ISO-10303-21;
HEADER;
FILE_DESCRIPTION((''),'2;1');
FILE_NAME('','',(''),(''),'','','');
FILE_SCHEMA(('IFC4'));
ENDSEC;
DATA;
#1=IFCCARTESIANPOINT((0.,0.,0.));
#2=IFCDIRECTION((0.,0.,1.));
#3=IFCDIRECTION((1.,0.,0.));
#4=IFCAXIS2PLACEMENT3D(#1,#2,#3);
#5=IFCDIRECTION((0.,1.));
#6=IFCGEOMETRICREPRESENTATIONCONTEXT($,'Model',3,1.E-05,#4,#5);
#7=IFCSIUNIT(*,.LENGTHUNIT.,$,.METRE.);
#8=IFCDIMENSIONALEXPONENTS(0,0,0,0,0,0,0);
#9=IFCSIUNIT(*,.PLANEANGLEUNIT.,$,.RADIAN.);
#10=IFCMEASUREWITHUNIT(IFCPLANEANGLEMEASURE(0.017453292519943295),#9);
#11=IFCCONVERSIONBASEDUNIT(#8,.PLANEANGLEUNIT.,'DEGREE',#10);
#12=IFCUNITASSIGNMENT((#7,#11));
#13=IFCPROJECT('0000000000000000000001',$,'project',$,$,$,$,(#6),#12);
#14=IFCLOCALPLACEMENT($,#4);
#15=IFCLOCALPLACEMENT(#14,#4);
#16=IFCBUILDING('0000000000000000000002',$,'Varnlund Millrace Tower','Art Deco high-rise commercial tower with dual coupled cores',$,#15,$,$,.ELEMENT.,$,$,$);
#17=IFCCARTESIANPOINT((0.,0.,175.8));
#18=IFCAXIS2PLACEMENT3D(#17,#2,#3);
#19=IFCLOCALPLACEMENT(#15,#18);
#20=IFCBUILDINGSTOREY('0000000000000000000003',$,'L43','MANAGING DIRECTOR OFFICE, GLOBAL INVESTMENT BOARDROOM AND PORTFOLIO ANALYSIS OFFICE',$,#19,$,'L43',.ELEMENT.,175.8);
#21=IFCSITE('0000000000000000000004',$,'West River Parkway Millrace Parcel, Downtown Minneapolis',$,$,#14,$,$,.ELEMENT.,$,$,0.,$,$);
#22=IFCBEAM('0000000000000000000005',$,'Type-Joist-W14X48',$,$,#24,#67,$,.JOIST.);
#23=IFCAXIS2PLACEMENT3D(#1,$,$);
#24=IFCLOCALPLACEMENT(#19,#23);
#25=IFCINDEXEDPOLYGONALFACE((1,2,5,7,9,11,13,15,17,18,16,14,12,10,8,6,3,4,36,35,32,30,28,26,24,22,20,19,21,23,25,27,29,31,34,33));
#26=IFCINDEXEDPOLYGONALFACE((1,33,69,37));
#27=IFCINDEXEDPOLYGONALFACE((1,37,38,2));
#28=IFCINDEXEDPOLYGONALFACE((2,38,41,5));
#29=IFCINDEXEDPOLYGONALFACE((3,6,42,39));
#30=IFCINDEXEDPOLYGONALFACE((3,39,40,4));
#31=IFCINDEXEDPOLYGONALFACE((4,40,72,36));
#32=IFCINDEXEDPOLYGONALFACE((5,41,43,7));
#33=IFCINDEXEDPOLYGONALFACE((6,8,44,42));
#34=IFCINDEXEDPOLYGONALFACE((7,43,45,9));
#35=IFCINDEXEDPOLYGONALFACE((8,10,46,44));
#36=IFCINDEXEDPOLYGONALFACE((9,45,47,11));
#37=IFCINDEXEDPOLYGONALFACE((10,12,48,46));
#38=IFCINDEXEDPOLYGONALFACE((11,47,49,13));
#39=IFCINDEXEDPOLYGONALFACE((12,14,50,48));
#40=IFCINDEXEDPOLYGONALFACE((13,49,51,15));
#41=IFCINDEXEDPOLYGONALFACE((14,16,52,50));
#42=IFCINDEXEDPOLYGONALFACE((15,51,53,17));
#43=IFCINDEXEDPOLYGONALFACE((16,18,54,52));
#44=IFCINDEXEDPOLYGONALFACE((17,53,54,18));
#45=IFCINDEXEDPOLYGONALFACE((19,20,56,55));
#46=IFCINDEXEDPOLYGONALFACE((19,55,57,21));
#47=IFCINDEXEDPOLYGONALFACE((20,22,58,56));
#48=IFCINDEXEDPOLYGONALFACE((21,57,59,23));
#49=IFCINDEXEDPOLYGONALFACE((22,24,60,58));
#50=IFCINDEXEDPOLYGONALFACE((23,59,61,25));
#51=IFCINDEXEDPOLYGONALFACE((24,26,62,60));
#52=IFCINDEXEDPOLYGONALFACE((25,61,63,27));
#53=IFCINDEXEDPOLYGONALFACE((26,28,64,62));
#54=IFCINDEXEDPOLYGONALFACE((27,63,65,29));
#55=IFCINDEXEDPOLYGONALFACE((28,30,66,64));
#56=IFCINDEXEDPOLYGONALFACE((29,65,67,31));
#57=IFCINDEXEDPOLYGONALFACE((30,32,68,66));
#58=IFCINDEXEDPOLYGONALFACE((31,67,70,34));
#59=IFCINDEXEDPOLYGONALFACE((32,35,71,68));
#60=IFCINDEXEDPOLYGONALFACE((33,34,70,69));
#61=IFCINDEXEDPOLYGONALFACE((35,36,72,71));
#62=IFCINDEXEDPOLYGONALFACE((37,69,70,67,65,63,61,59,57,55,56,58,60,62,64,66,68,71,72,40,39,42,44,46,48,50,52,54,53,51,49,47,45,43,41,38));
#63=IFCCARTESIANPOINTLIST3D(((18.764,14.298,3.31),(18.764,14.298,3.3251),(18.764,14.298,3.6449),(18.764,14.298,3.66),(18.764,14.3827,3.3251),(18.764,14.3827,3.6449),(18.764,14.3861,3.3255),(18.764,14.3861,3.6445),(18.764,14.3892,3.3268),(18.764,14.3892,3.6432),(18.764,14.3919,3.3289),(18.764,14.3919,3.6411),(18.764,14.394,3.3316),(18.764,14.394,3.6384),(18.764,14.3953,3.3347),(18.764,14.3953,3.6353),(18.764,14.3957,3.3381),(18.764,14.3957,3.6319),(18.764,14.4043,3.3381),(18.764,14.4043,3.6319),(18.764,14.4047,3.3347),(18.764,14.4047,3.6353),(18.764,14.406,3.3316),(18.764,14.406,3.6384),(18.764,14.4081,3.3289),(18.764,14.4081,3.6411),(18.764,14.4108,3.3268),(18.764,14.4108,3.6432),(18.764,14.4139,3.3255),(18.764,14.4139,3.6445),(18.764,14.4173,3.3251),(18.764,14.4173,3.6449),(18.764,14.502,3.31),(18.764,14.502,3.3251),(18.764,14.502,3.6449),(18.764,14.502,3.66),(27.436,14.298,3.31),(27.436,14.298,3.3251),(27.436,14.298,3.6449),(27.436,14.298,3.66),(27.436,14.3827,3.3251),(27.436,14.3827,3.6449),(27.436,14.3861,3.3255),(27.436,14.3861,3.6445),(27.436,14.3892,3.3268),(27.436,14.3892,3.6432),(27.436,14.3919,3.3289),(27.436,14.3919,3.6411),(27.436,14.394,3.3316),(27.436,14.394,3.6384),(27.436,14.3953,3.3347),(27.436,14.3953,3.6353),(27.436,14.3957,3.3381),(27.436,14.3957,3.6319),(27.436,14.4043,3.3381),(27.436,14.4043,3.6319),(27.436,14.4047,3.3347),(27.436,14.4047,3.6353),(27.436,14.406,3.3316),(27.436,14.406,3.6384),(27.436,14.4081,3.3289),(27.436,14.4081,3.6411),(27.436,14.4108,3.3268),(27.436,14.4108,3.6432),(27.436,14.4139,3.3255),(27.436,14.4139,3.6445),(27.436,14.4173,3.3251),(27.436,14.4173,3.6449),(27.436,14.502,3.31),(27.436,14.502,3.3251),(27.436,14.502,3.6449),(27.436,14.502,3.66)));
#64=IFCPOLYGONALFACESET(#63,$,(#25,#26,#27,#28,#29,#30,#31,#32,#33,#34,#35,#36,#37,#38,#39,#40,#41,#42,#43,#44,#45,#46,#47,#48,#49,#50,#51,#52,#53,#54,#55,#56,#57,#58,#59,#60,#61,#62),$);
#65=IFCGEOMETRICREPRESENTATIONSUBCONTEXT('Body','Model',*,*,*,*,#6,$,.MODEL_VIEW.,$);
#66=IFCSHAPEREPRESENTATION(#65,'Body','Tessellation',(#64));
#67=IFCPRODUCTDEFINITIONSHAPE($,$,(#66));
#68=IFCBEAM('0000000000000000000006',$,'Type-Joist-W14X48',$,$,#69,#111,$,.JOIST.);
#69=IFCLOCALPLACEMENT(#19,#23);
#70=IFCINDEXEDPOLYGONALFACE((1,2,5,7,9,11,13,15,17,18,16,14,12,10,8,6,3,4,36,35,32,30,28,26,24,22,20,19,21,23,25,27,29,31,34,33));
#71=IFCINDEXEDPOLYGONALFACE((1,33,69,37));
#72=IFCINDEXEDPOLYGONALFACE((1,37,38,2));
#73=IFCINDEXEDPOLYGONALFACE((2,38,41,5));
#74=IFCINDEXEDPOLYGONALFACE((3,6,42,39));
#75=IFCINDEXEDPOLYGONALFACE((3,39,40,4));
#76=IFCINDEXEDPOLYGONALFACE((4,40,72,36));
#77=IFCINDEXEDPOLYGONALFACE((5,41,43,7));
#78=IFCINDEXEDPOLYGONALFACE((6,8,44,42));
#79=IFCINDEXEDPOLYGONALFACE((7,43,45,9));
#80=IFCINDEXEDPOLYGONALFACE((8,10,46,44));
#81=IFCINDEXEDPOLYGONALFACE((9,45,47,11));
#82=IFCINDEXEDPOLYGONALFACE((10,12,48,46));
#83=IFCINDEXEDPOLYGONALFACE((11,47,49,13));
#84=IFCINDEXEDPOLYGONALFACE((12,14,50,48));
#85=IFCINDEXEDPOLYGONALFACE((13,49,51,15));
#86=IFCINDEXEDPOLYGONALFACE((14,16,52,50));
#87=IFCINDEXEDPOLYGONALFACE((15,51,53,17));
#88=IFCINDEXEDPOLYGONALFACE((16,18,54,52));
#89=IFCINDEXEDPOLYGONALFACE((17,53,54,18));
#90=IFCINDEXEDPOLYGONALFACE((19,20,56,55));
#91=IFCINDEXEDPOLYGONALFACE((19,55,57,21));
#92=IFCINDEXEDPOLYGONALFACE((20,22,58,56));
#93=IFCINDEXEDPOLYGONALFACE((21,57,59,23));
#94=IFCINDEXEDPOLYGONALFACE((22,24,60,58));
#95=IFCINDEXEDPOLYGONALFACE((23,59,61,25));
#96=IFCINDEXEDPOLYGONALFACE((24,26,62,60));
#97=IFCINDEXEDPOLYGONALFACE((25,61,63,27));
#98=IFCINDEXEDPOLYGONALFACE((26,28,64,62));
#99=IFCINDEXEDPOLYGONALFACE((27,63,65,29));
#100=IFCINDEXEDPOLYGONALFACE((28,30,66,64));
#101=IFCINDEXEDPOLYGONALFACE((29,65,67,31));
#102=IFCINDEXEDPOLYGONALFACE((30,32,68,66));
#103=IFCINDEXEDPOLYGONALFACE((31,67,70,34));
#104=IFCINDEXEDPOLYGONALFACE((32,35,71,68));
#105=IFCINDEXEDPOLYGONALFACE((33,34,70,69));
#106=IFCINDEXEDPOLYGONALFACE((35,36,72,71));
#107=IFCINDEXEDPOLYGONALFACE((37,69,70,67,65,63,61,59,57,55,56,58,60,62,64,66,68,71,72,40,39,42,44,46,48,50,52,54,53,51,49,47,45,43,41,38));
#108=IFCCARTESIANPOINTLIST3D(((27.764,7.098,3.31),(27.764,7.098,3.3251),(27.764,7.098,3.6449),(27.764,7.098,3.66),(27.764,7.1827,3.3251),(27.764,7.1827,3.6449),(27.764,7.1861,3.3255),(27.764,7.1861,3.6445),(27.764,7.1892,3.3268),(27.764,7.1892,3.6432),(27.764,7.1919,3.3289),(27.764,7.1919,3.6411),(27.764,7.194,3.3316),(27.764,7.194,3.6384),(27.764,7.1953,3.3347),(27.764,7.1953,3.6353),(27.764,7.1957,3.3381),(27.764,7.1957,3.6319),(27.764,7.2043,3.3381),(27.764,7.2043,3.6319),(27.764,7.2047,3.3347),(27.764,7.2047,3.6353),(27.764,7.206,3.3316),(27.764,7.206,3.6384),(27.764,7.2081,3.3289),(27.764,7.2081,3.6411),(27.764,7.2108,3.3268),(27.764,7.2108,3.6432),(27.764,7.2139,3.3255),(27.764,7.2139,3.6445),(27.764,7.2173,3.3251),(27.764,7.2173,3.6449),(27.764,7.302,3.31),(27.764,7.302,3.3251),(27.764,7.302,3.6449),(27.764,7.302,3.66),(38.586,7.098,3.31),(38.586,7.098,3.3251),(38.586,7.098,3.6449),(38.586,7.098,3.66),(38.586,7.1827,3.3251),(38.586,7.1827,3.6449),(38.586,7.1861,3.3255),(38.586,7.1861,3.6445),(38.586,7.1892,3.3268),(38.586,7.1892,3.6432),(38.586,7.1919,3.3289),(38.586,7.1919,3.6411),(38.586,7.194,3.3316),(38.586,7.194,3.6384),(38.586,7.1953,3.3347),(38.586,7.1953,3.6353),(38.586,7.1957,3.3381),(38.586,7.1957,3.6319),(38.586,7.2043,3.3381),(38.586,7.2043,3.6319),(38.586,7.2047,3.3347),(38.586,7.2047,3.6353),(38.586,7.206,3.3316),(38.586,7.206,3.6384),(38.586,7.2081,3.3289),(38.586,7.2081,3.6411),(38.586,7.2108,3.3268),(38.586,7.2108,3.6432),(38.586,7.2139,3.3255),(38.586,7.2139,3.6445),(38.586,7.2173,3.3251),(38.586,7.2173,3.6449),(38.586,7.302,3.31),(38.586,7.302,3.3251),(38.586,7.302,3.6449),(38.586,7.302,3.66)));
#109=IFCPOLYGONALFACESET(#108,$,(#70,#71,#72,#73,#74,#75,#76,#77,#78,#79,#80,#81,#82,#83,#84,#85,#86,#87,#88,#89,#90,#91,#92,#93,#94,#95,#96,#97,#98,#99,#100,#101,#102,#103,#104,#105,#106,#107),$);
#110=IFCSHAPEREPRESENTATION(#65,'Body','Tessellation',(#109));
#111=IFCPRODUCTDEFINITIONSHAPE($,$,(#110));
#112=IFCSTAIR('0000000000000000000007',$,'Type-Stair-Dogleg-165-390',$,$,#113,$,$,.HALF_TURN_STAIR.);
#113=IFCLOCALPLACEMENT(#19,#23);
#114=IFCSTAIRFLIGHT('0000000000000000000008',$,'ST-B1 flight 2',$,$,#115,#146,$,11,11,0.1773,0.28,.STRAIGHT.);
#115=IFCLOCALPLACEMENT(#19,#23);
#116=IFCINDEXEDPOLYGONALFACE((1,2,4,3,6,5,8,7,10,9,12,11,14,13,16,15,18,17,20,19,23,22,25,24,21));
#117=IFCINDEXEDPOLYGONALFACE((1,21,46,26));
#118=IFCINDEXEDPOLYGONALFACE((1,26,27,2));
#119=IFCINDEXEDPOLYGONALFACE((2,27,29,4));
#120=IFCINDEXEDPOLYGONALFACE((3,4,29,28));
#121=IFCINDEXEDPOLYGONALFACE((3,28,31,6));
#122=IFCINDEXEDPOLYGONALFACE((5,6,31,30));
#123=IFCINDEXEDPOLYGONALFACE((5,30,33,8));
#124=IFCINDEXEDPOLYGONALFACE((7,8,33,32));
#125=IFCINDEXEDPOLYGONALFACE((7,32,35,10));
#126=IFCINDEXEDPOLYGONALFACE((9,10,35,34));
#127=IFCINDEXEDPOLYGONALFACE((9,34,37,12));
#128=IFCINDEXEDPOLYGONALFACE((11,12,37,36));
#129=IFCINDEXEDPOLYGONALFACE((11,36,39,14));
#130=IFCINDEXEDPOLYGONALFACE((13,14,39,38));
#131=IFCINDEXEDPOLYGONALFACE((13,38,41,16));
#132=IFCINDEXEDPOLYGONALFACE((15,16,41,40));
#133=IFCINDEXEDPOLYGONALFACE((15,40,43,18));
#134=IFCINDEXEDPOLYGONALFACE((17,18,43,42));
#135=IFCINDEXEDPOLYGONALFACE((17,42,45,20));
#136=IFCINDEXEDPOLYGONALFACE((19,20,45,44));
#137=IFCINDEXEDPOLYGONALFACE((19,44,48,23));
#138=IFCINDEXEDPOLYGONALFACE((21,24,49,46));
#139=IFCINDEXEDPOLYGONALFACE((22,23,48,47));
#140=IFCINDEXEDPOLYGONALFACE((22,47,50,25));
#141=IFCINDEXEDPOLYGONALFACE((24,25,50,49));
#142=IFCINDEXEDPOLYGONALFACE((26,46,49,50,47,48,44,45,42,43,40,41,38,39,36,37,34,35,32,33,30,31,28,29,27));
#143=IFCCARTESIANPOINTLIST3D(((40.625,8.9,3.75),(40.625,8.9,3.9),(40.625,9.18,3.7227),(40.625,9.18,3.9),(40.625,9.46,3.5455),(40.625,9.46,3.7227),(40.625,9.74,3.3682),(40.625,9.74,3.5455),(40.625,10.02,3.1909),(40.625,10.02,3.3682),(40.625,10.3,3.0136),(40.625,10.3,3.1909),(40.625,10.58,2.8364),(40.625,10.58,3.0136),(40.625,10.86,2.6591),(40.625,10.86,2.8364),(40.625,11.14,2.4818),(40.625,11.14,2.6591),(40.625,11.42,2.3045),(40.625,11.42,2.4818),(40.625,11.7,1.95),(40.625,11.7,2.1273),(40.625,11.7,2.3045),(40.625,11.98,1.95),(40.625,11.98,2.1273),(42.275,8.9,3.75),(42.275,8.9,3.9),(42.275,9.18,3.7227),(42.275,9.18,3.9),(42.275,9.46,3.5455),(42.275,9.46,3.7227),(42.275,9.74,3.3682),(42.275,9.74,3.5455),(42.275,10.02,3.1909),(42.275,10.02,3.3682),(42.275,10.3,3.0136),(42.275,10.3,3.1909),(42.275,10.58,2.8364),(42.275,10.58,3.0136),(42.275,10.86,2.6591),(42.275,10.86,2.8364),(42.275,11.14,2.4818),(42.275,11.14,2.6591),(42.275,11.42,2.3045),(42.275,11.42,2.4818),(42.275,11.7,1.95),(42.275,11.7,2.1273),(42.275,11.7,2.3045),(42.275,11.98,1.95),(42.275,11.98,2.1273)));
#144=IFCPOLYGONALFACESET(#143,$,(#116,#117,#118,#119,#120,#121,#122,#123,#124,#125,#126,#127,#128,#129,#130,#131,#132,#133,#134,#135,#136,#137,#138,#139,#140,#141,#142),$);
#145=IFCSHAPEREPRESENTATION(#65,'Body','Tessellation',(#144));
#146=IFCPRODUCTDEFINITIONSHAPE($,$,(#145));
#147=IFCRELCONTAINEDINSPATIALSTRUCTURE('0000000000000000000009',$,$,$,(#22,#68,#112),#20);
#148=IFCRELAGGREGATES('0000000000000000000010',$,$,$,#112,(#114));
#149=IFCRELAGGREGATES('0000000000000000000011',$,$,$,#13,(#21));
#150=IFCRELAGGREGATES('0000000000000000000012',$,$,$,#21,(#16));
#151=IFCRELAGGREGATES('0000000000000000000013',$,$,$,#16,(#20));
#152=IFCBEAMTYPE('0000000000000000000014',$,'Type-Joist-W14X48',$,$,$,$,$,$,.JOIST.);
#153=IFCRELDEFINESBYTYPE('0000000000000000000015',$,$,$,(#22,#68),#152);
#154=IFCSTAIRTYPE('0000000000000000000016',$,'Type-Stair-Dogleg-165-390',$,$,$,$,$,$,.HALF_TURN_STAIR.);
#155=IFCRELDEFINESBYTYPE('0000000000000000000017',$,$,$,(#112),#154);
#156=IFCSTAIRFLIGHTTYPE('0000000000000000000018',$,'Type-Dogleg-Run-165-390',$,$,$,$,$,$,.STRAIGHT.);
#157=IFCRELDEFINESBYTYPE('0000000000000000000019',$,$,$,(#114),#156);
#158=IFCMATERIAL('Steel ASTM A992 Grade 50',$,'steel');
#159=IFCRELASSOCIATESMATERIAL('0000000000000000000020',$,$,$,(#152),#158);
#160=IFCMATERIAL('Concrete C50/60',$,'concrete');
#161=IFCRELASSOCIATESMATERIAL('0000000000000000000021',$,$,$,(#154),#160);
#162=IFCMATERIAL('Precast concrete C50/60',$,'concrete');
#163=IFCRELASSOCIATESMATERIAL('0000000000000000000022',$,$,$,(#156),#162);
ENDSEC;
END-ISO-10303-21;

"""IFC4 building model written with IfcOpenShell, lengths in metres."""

from ifc_helpers import new_model, entity, si_unit, converted_unit, direction, frame, origin_with_axes, origin_2d_with_axis, place, context, subcontext, project, spatial, polyline, i_section, outline, extrude, material, material_profile, profile_set, type_object, element, aggregate, save


model = new_model("IFC4")

# Units and contexts
model_context = context("Model", 3, precision=1e-05, world=origin_with_axes(), true_north=direction((0.0, 1.0)))
body_context = subcontext(model_context, "Body", "Model", "MODEL_VIEW")
ifc_project = project(units=[si_unit("LENGTHUNIT", "METRE"), converted_unit("PLANEANGLEUNIT", "DEGREE", entity("IfcPlaneAngleMeasure", 0.017453292519943295), si_unit("PLANEANGLEUNIT", "RADIAN"), dimensions=[0, 0, 0, 0, 0, 0, 0])], contexts=[model_context])

# Site, building, storey
site_placement = place(None, origin_with_axes())
site = spatial("IfcSite", under=ifc_project, at=site_placement, Name="West River Parkway Millrace Parcel, Downtown Minneapolis", CompositionType="ELEMENT", RefElevation=0.0)
building_placement = place(site_placement, origin_with_axes())
building = spatial("IfcBuilding", under=site, at=building_placement, Name="Varnlund Millrace Tower", Description="Art Deco high-rise commercial tower with dual coupled cores", CompositionType="ELEMENT")
storey_placement = place(building_placement, frame((0.0, 0.0, 175.8), z_axis=(0.0, 0.0, 1.0), x_axis=(1.0, 0.0, 0.0)))
storey = spatial("IfcBuildingStorey", under=building, at=storey_placement, Name="L43", Description="MANAGING DIRECTOR OFFICE, GLOBAL INVESTMENT BOARDROOM AND PORTFOLIO ANALYSIS OFFICE", LongName="L43", CompositionType="ELEMENT", Elevation=175.8)

# Beams
ifc_material_1 = material(Name="Steel ASTM A992 Grade 50", Category="steel")
ifc_material_profile_1 = material_profile(ifc_material_1, i_section(OverallWidth=0.204, OverallDepth=0.35, WebThickness=0.0086, FlangeThickness=0.0151, FilletRadius=0.013, at=origin_2d_with_axis()), Name="Steel ASTM A992 Grade 50")
ifc_profile_set_1 = profile_set([ifc_material_profile_1], Name="Steel ASTM A992 Grade 50")
beam_type_1 = type_object("IfcBeamType", Name="Type-Joist-W14X48", PredefinedType="JOIST", material=ifc_profile_set_1)
for number, where, z_axis, x_axis, name in (
    (1, (18.764, 14.4, 3.485), (1.0, 0.0, 0.0), (0.0, 1.0, 0.0), "Type-Joist-W14X48"),
):
    element("IfcBeam", number, at=place(storey_placement, frame(where, z_axis=z_axis, x_axis=x_axis)), inside=storey, type_object=beam_type_1, Name=name, PredefinedType="JOIST", context=body_context, shape_type="SweptSolid", body=[
        extrude(i_section(OverallWidth=0.204, OverallDepth=0.35, WebThickness=0.0086, FlangeThickness=0.0151, FilletRadius=0.013, at=origin_2d_with_axis()), origin_with_axes(), (0.0, 0.0, 1.0), 8.672),
    ])
beam_1_placement = place(storey_placement, frame((27.764, 7.2, 3.485), z_axis=(1.0, 0.0, 0.0), x_axis=(0.0, 1.0, 0.0)))
element("IfcBeam", 2, at=beam_1_placement, inside=storey, type_object=beam_type_1, Name="Type-Joist-W14X48", PredefinedType="JOIST", context=body_context, shape_type="SweptSolid", body=[
    extrude(i_section(OverallWidth=0.204, OverallDepth=0.35, WebThickness=0.0086, FlangeThickness=0.0151, FilletRadius=0.013, at=origin_2d_with_axis()), origin_with_axes(), (0.0, 0.0, 1.0), 10.822),
])

# Stair, stair flight
ifc_material_2 = material(Name="Concrete C50/60", Category="concrete")
stair_type = type_object("IfcStairType", Name="Type-Stair-Dogleg-165-390", PredefinedType="HALF_TURN_STAIR", material=ifc_material_2)
stair_placement = place(storey_placement, origin_with_axes())
stair = element("IfcStair", 3, at=stair_placement, inside=storey, type_object=stair_type, Name="Type-Stair-Dogleg-165-390", PredefinedType="HALF_TURN_STAIR")
ifc_material_3 = material(Name="Precast concrete C50/60", Category="concrete")
stair_flight_type = type_object("IfcStairFlightType", Name="Type-Dogleg-Run-165-390", PredefinedType="STRAIGHT", material=ifc_material_3)
stair_flight_placement = place(storey_placement, frame((42.275, 11.98, 1.95), z_axis=(-1.0, 0.0, 0.0), x_axis=(0.0, -1.0, 0.0)))
stair_flight = element("IfcStairFlight", 4, at=stair_flight_placement, type_object=stair_flight_type, Name="ST-B1 flight 2", NumberOfRisers=11, NumberOfTreads=11, PredefinedType="STRAIGHT", RiserHeight=0.1773, TreadLength=0.28, context=body_context, shape_type="SweptSolid", body=[
    extrude(outline(polyline([(0.0, 0.0), (0.0, 0.1773), (0.28, 0.1773), (0.28, 0.3545), (0.56, 0.3545), (0.56, 0.5318), (0.84, 0.5318), (0.84, 0.7091), (1.12, 0.7091), (1.12, 0.8864), (1.4, 0.8864), (1.4, 1.0636), (1.68, 1.0636), (1.68, 1.2409), (1.96, 1.2409), (1.96, 1.4182), (2.24, 1.4182), (2.24, 1.5955), (2.52, 1.5955), (2.52, 1.7727), (2.8, 1.7727), (2.8, 1.95), (3.08, 1.95), (3.08, 1.8), (0.28, 0.0), (0.0, 0.0)])), origin_with_axes(), (0.0, 0.0, 1.0), 1.65),
])
aggregate(stair, [stair_flight])

save(model, "model.ifc")
